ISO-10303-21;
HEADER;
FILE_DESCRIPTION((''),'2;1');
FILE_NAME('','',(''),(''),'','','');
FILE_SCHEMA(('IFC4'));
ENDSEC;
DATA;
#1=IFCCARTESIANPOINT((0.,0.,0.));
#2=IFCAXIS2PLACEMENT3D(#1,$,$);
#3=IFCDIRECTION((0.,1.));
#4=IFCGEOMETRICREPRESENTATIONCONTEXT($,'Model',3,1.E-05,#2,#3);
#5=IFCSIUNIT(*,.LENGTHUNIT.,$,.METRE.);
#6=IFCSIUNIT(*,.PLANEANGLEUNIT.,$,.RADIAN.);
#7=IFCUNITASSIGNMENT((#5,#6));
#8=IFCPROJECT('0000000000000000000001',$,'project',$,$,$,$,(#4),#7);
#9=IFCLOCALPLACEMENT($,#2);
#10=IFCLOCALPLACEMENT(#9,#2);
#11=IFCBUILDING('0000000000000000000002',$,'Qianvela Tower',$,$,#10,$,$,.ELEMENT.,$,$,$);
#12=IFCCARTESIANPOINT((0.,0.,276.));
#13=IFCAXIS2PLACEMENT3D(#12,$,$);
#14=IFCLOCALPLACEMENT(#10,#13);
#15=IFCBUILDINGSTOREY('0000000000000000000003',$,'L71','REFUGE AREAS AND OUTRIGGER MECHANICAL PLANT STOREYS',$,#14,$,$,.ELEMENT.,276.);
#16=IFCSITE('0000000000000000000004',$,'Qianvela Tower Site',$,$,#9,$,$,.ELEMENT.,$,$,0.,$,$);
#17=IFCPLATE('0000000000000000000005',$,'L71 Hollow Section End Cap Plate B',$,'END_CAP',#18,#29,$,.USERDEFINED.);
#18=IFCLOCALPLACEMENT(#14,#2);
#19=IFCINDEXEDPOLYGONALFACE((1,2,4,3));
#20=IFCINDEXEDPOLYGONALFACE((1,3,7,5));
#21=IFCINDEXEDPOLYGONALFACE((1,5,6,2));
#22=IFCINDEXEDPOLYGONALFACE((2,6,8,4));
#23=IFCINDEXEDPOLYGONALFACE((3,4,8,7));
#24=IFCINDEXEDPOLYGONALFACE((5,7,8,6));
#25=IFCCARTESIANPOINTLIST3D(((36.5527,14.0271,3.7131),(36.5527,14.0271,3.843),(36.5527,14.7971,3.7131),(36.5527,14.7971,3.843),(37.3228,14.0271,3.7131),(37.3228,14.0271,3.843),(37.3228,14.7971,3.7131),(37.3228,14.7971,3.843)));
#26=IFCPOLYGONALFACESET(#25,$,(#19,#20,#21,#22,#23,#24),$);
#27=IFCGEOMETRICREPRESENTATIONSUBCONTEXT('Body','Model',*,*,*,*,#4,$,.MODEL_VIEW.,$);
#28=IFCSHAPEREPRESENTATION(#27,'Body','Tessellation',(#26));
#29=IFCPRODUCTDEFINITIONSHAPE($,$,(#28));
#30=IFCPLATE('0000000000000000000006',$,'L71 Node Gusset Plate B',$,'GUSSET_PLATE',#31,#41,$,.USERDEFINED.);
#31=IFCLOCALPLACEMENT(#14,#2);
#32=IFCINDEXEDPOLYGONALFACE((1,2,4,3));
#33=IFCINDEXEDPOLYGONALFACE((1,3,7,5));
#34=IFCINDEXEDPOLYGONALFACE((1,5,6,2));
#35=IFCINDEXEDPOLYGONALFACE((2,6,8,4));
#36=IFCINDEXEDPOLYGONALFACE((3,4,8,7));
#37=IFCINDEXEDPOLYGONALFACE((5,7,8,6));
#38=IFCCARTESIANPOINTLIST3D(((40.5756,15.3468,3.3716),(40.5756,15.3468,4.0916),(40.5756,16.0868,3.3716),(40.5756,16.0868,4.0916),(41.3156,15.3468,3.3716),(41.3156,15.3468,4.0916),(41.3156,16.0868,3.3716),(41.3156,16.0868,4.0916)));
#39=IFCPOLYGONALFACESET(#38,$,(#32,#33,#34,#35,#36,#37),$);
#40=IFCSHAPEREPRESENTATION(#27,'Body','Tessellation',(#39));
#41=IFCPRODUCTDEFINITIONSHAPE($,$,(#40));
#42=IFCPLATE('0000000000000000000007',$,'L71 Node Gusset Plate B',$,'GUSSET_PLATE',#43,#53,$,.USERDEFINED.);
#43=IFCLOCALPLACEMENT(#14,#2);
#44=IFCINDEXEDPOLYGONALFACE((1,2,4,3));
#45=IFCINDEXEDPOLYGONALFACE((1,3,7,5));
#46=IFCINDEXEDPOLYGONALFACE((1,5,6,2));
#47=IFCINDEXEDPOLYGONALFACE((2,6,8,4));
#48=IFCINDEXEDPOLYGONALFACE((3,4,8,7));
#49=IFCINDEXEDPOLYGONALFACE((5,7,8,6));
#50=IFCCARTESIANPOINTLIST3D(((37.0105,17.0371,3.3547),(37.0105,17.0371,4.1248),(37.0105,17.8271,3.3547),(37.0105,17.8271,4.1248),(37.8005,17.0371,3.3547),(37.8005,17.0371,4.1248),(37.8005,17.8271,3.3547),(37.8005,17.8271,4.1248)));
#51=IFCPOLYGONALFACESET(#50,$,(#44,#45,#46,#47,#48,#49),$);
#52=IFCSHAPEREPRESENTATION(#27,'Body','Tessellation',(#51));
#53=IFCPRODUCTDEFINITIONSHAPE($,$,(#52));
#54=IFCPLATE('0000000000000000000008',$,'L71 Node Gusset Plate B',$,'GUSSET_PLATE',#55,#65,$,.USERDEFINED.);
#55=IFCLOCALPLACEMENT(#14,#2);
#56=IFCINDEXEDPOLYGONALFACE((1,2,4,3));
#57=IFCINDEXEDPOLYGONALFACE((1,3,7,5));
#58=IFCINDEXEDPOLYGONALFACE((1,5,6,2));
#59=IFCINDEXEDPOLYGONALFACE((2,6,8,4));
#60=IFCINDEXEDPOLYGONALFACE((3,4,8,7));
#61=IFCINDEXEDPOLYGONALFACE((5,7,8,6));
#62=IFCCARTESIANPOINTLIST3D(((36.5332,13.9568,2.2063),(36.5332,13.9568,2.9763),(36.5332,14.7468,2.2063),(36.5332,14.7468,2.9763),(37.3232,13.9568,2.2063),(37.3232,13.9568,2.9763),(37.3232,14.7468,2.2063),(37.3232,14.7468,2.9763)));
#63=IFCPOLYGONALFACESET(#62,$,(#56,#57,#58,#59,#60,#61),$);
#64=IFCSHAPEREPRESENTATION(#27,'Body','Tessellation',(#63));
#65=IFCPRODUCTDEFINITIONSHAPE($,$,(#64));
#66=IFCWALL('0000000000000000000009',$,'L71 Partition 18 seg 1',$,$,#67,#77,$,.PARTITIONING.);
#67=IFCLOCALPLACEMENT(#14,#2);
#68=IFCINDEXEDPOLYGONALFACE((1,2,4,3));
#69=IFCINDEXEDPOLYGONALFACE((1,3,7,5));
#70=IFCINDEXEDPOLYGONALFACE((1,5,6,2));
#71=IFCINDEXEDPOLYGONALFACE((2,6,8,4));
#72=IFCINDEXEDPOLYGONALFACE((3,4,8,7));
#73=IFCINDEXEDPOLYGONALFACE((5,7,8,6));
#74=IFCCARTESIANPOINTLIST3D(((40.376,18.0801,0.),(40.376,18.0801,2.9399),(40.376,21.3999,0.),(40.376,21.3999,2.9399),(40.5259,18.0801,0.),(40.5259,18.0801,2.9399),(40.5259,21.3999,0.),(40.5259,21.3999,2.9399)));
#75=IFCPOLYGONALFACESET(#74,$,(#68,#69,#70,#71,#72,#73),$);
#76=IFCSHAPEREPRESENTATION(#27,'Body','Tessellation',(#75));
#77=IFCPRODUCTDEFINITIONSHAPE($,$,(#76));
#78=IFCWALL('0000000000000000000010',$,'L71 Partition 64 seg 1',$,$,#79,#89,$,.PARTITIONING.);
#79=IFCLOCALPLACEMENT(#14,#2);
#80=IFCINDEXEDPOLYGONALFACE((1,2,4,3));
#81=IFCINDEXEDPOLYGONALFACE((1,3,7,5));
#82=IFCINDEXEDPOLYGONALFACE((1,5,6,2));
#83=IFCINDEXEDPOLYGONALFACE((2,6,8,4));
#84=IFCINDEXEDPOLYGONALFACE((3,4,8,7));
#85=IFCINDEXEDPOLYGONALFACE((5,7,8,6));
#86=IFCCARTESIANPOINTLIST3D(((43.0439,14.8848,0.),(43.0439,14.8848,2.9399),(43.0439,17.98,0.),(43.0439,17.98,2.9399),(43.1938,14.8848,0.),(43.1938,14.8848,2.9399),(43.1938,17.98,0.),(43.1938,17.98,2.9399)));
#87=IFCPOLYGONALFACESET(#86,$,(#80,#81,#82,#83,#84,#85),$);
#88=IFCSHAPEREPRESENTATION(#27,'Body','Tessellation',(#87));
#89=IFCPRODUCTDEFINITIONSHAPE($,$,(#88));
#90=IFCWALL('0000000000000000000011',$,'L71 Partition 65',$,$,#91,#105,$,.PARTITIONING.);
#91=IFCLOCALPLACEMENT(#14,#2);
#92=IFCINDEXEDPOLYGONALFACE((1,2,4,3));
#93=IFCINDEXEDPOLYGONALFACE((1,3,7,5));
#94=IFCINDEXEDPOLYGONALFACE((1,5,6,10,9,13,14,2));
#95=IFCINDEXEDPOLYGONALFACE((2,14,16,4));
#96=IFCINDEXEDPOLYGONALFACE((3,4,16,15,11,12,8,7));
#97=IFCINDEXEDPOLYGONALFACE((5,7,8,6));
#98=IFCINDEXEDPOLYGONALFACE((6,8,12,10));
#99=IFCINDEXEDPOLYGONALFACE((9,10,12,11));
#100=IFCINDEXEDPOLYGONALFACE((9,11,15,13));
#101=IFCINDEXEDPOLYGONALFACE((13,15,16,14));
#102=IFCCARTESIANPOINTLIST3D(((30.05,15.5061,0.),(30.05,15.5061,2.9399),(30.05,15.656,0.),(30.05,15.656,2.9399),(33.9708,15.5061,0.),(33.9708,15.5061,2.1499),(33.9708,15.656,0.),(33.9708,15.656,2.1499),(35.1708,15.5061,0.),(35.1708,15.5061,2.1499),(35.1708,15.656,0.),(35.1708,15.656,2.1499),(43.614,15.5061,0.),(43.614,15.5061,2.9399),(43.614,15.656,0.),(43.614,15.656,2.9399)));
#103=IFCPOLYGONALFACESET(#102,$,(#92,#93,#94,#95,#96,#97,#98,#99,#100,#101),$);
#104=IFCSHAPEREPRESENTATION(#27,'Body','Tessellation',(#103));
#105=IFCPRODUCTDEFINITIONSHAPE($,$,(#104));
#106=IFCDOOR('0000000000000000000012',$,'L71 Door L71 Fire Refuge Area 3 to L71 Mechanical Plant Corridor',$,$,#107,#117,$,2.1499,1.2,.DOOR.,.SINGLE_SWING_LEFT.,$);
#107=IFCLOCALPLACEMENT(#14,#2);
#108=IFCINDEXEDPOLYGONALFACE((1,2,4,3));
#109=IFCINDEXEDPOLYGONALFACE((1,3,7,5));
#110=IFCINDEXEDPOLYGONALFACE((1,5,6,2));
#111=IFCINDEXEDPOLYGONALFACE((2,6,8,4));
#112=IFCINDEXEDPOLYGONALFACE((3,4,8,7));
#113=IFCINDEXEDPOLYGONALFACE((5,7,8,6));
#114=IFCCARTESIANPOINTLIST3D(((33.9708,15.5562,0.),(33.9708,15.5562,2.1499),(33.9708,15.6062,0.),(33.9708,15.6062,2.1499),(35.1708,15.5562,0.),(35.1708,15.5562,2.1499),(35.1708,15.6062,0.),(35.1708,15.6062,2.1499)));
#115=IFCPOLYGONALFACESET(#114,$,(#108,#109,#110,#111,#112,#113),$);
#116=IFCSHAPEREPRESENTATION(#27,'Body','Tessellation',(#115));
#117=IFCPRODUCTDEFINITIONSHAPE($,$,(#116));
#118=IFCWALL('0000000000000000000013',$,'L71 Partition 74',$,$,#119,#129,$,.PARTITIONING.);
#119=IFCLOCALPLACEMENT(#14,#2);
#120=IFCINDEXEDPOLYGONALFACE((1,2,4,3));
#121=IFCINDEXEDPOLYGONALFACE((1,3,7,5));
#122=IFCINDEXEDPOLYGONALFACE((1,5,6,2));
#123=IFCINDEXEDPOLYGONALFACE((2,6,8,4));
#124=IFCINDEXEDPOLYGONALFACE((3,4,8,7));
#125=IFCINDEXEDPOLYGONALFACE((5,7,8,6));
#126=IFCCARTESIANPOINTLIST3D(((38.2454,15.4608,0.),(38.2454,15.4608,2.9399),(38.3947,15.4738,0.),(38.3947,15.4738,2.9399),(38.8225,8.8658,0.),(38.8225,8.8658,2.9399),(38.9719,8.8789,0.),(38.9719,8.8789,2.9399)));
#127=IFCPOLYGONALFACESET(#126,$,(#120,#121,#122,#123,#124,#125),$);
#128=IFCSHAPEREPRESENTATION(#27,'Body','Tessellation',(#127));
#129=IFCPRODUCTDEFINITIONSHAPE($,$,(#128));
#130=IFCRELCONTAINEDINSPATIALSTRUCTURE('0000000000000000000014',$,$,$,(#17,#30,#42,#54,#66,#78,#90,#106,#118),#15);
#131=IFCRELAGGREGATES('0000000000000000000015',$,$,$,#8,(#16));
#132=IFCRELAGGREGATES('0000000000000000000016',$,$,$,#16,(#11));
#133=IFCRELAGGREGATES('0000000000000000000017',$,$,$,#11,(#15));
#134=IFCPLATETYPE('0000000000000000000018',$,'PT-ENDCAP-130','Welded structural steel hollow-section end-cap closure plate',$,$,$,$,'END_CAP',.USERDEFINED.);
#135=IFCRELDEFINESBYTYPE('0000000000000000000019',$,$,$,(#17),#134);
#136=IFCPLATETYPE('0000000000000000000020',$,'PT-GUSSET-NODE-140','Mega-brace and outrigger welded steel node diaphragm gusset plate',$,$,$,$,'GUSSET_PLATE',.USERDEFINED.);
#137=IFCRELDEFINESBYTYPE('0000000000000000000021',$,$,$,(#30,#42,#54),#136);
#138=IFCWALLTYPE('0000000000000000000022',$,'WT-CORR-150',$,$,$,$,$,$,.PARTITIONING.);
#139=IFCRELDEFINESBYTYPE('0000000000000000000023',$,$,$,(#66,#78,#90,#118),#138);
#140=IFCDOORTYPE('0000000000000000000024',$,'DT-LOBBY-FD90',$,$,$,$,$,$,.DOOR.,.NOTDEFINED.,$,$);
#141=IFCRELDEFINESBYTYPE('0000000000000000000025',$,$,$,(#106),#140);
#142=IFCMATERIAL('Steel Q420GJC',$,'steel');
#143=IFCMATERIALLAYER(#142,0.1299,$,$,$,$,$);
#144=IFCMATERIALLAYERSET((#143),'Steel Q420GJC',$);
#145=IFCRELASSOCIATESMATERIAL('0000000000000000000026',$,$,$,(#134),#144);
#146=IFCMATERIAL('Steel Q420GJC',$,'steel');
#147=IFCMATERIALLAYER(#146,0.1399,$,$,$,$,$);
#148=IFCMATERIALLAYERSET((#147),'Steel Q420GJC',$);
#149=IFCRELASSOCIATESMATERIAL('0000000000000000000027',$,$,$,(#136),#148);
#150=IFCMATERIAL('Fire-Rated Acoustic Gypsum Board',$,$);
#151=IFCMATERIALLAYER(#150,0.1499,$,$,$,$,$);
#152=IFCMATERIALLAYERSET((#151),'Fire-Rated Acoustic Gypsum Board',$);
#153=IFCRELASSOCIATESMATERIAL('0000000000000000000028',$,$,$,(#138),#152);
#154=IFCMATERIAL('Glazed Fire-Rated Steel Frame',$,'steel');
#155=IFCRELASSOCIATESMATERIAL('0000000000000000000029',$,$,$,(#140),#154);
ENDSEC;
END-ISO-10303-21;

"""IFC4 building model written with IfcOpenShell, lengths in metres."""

from ifc_helpers import new_model, si_unit, direction, frame, frame_2d, origin, origin_2d, place, context, subcontext, project, spatial, rectangle, extrude, material, layer, layer_set, type_object, element, fill, save


model = new_model("IFC4")

# Units and contexts
model_context = context("Model", 3, precision=1e-05, world=origin(), true_north=direction((0.0, 1.0)))
body_context = subcontext(model_context, "Body", "Model", "MODEL_VIEW")
ifc_project = project(units=[si_unit("LENGTHUNIT", "METRE"), si_unit("PLANEANGLEUNIT", "RADIAN")], contexts=[model_context])

# Site, building, storey
site_placement = place(None, origin())
site = spatial("IfcSite", under=ifc_project, at=site_placement, Name="Qianvela Tower Site", CompositionType="ELEMENT", RefElevation=0.0)
building_placement = place(site_placement, origin())
building = spatial("IfcBuilding", under=site, at=building_placement, Name="Qianvela Tower", CompositionType="ELEMENT")
storey_placement = place(building_placement, frame((0.0, 0.0, 276.0)))
storey = spatial("IfcBuildingStorey", under=building, at=storey_placement, Name="L71", Description="REFUGE AREAS AND OUTRIGGER MECHANICAL PLANT STOREYS", CompositionType="ELEMENT", Elevation=276.0)

# Plates
ifc_material_1 = material(Name="Steel Q420GJC", Category="steel")
ifc_layer_1 = layer(ifc_material_1, 0.1299)
ifc_layer_set_1 = layer_set([ifc_layer_1], Name="Steel Q420GJC")
plate_type_1 = type_object("IfcPlateType", Name="PT-ENDCAP-130", Description="Welded structural steel hollow-section end-cap closure plate", ElementType="END_CAP", PredefinedType="USERDEFINED", material=ifc_layer_set_1)
plate_1_placement = place(storey_placement, frame((36.9377, 14.4121, 3.7131), z_axis=(0.0, 0.0, 1.0), x_axis=(1.0, 0.0, 0.0)))
element("IfcPlate", 1, at=plate_1_placement, inside=storey, type_object=plate_type_1, Name="L71 Hollow Section End Cap Plate B", ObjectType="END_CAP", PredefinedType="USERDEFINED", context=body_context, shape_type="SweptSolid", body=[
    extrude(rectangle(XDim=0.77, YDim=0.77, at=origin_2d()), origin(), (0.0, 0.0, 1.0), 0.1299),
])
ifc_material_2 = material(Name="Steel Q420GJC", Category="steel")
ifc_layer_2 = layer(ifc_material_2, 0.1399)
ifc_layer_set_2 = layer_set([ifc_layer_2], Name="Steel Q420GJC")
plate_type_2 = type_object("IfcPlateType", Name="PT-GUSSET-NODE-140", Description="Mega-brace and outrigger welded steel node diaphragm gusset plate", ElementType="GUSSET_PLATE", PredefinedType="USERDEFINED", material=ifc_layer_set_2)
plate_2_placement = place(storey_placement, frame((40.9456, 15.7168, 3.3716), z_axis=(0.0, 0.0, 1.0), x_axis=(1.0, 0.0, 0.0)))
element("IfcPlate", 2, at=plate_2_placement, inside=storey, type_object=plate_type_2, Name="L71 Node Gusset Plate B", ObjectType="GUSSET_PLATE", PredefinedType="USERDEFINED", context=body_context, shape_type="SweptSolid", body=[
    extrude(rectangle(XDim=0.74, YDim=0.74, at=origin_2d()), origin(), (0.0, 0.0, 1.0), 0.72),
])
for number, where, z_axis, x_axis, name in (
    (3, (37.4055, 17.4321, 3.3547), (0.0, 0.0, 1.0), (1.0, 0.0, 0.0), "L71 Node Gusset Plate B"),
    (4, (36.9282, 14.3518, 2.2063), (0.0, 0.0, 1.0), (1.0, 0.0, 0.0), "L71 Node Gusset Plate B"),
):
    element("IfcPlate", number, at=place(storey_placement, frame(where, z_axis=z_axis, x_axis=x_axis)), inside=storey, type_object=plate_type_2, Name=name, ObjectType="GUSSET_PLATE", PredefinedType="USERDEFINED", context=body_context, shape_type="SweptSolid", body=[
        extrude(rectangle(XDim=0.79, YDim=0.79, at=origin_2d()), origin(), (0.0, 0.0, 1.0), 0.77),
    ])

# Shared definitions
ifc_material_3 = material(Name="Fire-Rated Acoustic Gypsum Board")
ifc_layer_3 = layer(ifc_material_3, 0.1499)
ifc_layer_set_3 = layer_set([ifc_layer_3], Name="Fire-Rated Acoustic Gypsum Board")
wall_type = type_object("IfcWallType", Name="WT-CORR-150", PredefinedType="PARTITIONING", material=ifc_layer_set_3)
ifc_material_4 = material(Name="Glazed Fire-Rated Steel Frame", Category="steel")
door_type = type_object("IfcDoorType", Name="DT-LOBBY-FD90", OperationType="NOTDEFINED", PredefinedType="DOOR", material=ifc_material_4)

# Walls
wall_1_placement = place(storey_placement, frame((40.4509, 18.0801, 0.0), z_axis=(0.0, 0.0, 1.0), x_axis=(0.0, 1.0, 0.0)))
element("IfcWall", 5, at=wall_1_placement, inside=storey, type_object=wall_type, Name="L71 Partition 18 seg 1", PredefinedType="PARTITIONING", context=body_context, shape_type="SweptSolid", body=[
    extrude(rectangle(XDim=3.3198, YDim=0.1499, at=frame_2d((1.6599, 0.0))), origin(), (0.0, 0.0, 1.0), 2.9399),
])
wall_2_placement = place(storey_placement, frame((43.1189, 17.98, 0.0), z_axis=(0.0, 0.0, 1.0), x_axis=(0.0, -1.0, 0.0)))
element("IfcWall", 6, at=wall_2_placement, inside=storey, type_object=wall_type, Name="L71 Partition 64 seg 1", PredefinedType="PARTITIONING", context=body_context, shape_type="SweptSolid", body=[
    extrude(rectangle(XDim=3.0952, YDim=0.1499, at=frame_2d((1.5476, 0.0))), origin(), (0.0, 0.0, 1.0), 2.9399),
])

# Wall, opening, door
wall_3_placement = place(storey_placement, frame((43.614, 15.5811, 0.0), z_axis=(0.0, 0.0, 1.0), x_axis=(-1.0, 0.0, 0.0)))
wall_3 = element("IfcWall", 7, at=wall_3_placement, inside=storey, type_object=wall_type, Name="L71 Partition 65", PredefinedType="PARTITIONING", context=body_context, shape_type="SweptSolid", body=[
    extrude(rectangle(XDim=13.564, YDim=0.1499, at=frame_2d((6.782, 0.0))), origin(), (0.0, 0.0, 1.0), 2.9399),
])
opening_1_placement = place(wall_3_placement, frame((8.4431, 0.0, 0.0)))
opening_1 = element("IfcOpeningElement", 8, at=opening_1_placement, cuts=wall_3, PredefinedType="OPENING", context=body_context, shape_type="SweptSolid", body=[
    extrude(rectangle(XDim=1.2, YDim=2.1499, at=frame_2d((0.6001, 1.075))), frame((0.0, 0.085, 0.0), z_axis=(0.0, -1.0, 0.0), x_axis=(1.0, 0.0, 0.0)), (0.0, 0.0, 1.0), 0.1699),
])
door_1_placement = place(opening_1_placement, origin())
door_1 = element("IfcDoor", 9, at=door_1_placement, inside=storey, type_object=door_type, Name="L71 Door L71 Fire Refuge Area 3 to L71 Mechanical Plant Corridor", OperationType="SINGLE_SWING_LEFT", OverallHeight=2.1499, OverallWidth=1.2, PredefinedType="DOOR", context=body_context, shape_type="SweptSolid", body=[
    extrude(rectangle(XDim=1.2, YDim=2.1499, at=frame_2d((0.6001, 1.075))), frame((0.0, 0.0249, 0.0), z_axis=(0.0, -1.0, 0.0), x_axis=(1.0, 0.0, 0.0)), (0.0, 0.0, 1.0), 0.05),
])
fill(opening_1, door_1)

# Wall
wall_4_placement = place(storey_placement, frame((38.3201, 15.4673, 0.0), z_axis=(0.0, 0.0, 1.0), x_axis=(0.08718, -0.996193, 0.0)))
element("IfcWall", 10, at=wall_4_placement, inside=storey, type_object=wall_type, Name="L71 Partition 74", PredefinedType="PARTITIONING", context=body_context, shape_type="SweptSolid", body=[
    extrude(rectangle(XDim=6.6201, YDim=0.1499, at=frame_2d((3.3101, 0.0))), origin(), (0.0, 0.0, 1.0), 2.9399),
])

save(model, "model.ifc")
